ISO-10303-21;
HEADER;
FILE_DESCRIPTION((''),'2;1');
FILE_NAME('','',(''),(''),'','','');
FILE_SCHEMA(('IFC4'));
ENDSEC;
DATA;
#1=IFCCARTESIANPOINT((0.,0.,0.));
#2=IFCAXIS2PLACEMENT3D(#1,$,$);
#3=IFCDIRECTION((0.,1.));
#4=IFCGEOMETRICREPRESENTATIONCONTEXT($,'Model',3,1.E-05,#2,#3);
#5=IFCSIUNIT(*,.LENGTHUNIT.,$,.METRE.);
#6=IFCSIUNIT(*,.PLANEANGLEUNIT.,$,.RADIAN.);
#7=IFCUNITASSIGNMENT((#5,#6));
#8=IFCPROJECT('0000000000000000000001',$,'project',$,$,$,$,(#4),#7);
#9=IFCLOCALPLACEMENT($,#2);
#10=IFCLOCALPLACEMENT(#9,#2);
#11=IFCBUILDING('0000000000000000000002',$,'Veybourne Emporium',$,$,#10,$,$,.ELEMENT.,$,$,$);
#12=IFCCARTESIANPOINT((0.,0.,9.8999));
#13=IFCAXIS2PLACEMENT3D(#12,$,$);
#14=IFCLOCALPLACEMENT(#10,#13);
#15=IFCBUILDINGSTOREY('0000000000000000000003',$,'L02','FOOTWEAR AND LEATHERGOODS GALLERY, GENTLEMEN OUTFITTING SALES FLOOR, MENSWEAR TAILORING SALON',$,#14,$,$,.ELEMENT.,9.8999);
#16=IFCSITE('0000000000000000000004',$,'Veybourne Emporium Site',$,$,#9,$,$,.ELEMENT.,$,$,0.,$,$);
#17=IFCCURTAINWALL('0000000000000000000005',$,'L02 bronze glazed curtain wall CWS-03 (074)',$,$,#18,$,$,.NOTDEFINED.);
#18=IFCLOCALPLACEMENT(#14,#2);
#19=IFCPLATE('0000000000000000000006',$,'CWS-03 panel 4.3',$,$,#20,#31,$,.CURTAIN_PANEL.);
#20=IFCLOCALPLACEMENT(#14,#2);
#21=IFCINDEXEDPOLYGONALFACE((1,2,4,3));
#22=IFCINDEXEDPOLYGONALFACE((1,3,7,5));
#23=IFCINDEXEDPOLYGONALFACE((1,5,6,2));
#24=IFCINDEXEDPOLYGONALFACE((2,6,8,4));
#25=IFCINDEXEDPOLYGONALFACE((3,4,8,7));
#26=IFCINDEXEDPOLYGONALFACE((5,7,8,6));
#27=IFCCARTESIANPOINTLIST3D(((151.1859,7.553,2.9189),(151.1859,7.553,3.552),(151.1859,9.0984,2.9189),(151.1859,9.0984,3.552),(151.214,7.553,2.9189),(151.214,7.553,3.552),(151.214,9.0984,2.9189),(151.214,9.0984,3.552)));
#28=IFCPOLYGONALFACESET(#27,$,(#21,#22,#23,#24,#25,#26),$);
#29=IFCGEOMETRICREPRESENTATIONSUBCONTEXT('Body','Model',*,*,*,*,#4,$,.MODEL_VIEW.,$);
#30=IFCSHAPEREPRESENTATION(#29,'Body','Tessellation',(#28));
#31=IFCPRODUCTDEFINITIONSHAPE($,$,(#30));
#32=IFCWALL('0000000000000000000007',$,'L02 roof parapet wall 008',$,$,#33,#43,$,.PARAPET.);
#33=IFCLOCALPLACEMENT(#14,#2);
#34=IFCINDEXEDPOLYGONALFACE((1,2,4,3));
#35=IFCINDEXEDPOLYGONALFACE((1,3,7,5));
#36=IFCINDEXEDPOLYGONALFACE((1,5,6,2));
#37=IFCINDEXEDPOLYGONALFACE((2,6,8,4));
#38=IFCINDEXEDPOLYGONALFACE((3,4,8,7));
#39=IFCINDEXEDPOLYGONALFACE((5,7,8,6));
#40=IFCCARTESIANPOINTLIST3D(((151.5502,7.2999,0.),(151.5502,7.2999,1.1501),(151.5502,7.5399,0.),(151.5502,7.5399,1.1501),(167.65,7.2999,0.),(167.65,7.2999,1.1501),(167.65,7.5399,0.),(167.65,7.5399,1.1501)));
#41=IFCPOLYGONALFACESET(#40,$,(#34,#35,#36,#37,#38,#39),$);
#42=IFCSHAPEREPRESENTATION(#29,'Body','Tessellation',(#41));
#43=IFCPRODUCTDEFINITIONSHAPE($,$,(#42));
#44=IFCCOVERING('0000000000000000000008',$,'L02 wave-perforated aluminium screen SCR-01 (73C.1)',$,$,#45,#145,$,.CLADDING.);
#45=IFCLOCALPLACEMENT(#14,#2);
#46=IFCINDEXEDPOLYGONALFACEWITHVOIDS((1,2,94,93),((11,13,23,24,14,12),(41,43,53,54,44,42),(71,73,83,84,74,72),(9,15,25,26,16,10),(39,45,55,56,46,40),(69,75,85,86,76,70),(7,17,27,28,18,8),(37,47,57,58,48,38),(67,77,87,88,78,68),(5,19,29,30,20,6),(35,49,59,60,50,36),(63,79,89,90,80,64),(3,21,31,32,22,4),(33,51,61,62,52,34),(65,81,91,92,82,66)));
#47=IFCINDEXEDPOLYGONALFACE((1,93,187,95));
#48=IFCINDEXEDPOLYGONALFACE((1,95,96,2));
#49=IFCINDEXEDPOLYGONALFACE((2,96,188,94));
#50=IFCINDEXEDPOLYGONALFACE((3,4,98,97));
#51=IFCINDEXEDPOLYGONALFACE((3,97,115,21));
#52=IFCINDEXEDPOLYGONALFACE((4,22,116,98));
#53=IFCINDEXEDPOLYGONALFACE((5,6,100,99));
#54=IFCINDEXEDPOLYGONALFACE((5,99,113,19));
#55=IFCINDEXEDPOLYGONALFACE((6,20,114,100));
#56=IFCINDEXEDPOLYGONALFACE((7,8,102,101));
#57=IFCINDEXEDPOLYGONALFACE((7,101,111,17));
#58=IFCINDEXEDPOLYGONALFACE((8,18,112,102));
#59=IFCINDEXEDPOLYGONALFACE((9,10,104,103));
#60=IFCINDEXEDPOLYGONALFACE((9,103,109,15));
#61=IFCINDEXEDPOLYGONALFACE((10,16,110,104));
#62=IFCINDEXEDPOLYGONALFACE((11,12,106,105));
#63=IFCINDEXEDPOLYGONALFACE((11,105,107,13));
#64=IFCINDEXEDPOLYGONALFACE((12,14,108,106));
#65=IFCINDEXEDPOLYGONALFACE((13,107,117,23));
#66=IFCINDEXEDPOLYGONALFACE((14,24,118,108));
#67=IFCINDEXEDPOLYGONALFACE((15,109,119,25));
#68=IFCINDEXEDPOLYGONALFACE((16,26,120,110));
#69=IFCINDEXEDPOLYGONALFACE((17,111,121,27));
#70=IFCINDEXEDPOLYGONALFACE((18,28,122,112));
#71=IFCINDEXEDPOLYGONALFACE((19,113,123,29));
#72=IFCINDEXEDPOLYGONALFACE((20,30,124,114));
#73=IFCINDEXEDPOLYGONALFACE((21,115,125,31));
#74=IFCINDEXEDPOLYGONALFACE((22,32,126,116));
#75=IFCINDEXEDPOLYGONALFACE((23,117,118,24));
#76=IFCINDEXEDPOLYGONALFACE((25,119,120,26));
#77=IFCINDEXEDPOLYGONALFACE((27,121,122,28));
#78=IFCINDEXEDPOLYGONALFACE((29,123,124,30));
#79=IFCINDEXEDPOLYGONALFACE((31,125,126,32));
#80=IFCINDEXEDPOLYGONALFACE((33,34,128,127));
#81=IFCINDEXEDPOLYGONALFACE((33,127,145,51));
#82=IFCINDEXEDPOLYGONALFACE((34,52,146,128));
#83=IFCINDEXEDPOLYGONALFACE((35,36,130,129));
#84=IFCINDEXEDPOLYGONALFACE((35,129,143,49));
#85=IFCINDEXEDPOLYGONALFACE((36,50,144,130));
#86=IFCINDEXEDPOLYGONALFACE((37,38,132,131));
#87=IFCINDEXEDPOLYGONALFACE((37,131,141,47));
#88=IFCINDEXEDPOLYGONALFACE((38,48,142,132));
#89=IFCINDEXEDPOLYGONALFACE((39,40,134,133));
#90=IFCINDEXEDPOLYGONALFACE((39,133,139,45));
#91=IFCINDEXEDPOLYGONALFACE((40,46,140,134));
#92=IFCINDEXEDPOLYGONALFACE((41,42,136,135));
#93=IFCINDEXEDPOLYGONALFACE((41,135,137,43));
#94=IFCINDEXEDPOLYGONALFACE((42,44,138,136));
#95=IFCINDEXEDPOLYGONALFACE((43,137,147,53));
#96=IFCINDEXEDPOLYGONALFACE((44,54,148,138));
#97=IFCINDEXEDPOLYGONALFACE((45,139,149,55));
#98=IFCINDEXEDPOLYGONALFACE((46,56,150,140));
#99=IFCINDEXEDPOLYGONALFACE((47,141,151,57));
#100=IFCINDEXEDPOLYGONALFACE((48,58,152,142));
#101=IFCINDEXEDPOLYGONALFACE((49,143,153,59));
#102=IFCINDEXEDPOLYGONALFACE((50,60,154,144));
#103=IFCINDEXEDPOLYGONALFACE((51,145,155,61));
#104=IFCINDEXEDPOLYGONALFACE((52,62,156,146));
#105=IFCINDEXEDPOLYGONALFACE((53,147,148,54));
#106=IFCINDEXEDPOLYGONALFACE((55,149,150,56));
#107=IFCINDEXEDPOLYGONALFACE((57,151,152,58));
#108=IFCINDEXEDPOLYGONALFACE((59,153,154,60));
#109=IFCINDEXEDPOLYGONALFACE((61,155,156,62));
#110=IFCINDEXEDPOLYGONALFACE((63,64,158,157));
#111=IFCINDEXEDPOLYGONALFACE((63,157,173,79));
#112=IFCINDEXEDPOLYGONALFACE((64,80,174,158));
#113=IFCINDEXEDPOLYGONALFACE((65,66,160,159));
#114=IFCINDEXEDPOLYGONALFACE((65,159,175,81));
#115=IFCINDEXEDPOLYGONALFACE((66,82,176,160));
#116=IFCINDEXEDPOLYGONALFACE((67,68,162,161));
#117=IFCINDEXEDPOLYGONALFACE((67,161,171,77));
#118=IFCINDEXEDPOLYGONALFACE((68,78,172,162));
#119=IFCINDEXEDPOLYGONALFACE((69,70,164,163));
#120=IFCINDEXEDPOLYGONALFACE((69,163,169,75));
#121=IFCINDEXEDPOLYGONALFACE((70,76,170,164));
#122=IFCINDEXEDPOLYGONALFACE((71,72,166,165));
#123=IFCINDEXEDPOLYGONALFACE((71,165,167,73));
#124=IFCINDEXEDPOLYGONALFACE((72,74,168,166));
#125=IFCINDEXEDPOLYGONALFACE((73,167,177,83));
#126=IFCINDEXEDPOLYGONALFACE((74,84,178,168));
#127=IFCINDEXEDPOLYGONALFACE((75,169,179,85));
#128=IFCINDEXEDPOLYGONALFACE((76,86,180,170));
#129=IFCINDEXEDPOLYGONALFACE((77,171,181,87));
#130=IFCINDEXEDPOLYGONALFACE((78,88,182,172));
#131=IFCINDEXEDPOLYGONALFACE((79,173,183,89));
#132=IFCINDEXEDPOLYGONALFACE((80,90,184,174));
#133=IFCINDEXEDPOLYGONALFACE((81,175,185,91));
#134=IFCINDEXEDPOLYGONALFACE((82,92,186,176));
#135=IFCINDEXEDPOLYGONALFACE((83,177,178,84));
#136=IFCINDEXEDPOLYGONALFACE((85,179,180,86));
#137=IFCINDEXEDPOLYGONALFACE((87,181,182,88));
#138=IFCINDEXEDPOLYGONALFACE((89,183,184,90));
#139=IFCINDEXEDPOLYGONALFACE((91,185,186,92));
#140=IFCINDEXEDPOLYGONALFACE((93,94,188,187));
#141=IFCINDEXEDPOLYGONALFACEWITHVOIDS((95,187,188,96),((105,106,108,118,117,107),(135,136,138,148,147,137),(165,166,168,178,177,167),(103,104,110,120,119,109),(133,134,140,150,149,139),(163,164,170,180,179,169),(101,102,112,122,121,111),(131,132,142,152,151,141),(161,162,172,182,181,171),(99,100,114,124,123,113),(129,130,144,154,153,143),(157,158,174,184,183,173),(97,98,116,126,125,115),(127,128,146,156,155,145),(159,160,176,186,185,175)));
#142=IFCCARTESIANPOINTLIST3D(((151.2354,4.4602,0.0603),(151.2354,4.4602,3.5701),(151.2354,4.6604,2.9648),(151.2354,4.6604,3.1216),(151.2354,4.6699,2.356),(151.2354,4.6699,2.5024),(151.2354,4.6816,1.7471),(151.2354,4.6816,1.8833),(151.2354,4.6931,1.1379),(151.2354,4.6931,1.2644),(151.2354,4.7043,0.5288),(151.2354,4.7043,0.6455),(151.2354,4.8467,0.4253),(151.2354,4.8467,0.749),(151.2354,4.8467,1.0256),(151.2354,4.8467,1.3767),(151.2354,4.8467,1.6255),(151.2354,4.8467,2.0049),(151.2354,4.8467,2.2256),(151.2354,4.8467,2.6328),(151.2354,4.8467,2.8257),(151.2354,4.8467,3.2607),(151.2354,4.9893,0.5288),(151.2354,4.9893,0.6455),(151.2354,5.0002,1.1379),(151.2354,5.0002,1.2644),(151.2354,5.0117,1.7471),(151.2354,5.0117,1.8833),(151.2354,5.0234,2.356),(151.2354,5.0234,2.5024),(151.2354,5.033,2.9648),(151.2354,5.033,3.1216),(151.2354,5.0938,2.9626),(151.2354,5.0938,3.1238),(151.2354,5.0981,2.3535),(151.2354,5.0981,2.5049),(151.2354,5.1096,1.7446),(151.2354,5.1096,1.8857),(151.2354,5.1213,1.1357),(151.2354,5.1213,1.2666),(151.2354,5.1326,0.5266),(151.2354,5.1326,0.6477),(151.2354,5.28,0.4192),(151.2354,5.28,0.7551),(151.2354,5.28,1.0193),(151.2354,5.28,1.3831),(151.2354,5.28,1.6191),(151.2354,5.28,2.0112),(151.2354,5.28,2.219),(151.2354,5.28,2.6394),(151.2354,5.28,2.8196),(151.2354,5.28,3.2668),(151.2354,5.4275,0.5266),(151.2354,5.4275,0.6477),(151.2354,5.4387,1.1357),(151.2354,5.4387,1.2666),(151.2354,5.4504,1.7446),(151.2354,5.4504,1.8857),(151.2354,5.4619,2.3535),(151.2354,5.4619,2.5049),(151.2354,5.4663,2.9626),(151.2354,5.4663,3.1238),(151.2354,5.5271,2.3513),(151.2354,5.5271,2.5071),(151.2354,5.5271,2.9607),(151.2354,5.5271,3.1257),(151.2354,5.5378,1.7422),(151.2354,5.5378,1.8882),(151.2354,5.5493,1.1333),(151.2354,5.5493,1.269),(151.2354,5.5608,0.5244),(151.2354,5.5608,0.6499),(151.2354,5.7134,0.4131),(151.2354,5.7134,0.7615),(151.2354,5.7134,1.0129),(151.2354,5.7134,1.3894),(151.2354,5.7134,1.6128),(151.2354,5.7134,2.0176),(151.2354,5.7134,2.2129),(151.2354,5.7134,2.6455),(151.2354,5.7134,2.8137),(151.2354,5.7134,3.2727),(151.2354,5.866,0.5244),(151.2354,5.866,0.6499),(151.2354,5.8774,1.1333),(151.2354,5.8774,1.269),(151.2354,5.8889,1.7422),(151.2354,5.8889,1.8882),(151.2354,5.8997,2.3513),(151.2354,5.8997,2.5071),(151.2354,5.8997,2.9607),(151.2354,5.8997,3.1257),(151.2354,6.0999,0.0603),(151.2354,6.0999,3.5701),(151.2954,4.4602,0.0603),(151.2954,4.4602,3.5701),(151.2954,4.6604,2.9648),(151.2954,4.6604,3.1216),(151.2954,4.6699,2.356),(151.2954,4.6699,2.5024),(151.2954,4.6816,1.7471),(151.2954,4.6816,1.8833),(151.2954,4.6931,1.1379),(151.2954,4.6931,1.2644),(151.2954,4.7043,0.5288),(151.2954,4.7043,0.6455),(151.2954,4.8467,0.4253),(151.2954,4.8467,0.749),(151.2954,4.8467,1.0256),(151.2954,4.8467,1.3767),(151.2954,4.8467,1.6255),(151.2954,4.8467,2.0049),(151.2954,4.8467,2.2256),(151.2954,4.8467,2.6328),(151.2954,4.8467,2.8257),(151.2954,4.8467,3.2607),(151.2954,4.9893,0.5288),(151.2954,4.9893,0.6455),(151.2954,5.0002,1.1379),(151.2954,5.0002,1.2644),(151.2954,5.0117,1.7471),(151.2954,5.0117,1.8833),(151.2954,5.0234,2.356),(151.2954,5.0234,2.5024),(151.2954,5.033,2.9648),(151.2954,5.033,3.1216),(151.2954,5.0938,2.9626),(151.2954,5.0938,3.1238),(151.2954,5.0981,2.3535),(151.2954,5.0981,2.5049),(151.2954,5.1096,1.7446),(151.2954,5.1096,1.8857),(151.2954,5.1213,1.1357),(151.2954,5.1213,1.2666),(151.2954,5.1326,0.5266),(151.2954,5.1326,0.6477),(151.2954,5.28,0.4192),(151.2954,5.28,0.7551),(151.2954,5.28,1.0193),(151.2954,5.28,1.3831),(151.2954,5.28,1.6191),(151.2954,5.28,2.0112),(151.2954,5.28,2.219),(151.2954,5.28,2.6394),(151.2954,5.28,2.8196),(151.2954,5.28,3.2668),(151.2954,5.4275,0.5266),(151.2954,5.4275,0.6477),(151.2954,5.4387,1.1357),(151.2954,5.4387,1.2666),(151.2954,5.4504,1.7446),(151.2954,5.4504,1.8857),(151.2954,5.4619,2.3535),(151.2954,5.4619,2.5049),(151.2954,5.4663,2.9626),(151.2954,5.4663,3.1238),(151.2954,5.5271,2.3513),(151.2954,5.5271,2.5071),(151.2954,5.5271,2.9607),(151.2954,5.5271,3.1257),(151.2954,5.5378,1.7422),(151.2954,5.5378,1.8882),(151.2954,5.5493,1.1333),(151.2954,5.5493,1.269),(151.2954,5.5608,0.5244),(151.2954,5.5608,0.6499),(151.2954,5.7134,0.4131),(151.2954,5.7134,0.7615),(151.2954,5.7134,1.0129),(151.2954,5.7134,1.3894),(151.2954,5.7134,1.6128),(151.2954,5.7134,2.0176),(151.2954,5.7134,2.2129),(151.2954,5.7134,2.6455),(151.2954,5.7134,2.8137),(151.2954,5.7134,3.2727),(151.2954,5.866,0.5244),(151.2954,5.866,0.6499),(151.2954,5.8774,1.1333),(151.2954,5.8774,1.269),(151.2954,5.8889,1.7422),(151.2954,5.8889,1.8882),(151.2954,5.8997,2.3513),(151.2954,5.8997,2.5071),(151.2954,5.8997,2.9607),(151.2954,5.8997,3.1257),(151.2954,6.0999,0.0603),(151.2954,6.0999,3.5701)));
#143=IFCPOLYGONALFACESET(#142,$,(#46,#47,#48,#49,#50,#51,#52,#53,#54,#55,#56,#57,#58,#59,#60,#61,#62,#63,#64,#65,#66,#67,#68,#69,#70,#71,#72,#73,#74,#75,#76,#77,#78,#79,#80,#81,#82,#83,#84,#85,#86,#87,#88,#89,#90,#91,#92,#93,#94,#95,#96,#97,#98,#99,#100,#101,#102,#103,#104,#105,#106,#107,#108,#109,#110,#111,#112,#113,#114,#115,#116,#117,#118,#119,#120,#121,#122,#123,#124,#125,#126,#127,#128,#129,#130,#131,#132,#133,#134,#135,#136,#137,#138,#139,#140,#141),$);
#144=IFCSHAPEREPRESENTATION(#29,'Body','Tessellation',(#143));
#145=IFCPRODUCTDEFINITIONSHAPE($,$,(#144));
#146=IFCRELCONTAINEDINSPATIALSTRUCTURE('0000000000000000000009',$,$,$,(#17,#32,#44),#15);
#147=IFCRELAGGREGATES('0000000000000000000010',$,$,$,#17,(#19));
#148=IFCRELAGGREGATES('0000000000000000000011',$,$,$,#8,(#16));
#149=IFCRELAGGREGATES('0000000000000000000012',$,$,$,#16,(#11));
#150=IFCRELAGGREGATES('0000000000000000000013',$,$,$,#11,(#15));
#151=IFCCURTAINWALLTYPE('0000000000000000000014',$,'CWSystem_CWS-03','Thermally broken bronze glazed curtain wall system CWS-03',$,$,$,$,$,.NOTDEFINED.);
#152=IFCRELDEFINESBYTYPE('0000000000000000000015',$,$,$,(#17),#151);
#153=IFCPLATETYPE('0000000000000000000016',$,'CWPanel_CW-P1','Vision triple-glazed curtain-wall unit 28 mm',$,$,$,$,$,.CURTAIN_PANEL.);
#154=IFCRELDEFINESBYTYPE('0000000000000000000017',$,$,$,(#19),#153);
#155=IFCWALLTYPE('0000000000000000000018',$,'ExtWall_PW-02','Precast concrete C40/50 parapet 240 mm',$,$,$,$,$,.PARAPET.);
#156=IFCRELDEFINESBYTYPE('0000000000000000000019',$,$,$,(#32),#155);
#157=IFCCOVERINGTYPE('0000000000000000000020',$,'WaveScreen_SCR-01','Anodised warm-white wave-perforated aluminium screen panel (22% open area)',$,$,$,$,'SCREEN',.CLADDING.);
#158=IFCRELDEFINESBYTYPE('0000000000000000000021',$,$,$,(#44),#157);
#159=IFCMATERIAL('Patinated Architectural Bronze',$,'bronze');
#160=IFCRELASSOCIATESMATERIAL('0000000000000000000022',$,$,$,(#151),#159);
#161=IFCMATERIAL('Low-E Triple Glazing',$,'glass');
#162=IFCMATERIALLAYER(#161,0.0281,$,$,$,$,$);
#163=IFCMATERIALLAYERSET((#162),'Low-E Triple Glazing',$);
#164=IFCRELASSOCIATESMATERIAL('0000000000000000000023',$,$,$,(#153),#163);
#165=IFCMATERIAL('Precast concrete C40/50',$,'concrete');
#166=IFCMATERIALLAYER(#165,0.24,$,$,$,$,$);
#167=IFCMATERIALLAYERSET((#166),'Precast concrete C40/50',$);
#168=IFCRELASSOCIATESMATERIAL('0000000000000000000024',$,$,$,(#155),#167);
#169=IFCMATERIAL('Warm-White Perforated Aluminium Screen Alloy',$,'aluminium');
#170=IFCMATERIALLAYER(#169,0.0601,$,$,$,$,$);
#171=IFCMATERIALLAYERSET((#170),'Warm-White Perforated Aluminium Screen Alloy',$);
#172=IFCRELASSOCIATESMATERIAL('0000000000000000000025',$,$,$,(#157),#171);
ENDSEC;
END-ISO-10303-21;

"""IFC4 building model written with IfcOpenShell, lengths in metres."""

from ifc_helpers import new_model, si_unit, direction, frame, frame_2d, origin, origin_2d, place, context, subcontext, project, spatial, polyline, rectangle, outline, extrude, material, layer, layer_set, type_object, element, aggregate, save


model = new_model("IFC4")

# Units and contexts
model_context = context("Model", 3, precision=1e-05, world=origin(), true_north=direction((0.0, 1.0)))
body_context = subcontext(model_context, "Body", "Model", "MODEL_VIEW")
ifc_project = project(units=[si_unit("LENGTHUNIT", "METRE"), si_unit("PLANEANGLEUNIT", "RADIAN")], contexts=[model_context])

# Site, building, storey
site_placement = place(None, origin())
site = spatial("IfcSite", under=ifc_project, at=site_placement, Name="Veybourne Emporium Site", CompositionType="ELEMENT", RefElevation=0.0)
building_placement = place(site_placement, origin())
building = spatial("IfcBuilding", under=site, at=building_placement, Name="Veybourne Emporium", CompositionType="ELEMENT")
storey_placement = place(building_placement, frame((0.0, 0.0, 9.8999)))
storey = spatial("IfcBuildingStorey", under=building, at=storey_placement, Name="L02", Description="FOOTWEAR AND LEATHERGOODS GALLERY, GENTLEMEN OUTFITTING SALES FLOOR, MENSWEAR TAILORING SALON", CompositionType="ELEMENT", Elevation=9.8999)

# Curtain wall
ifc_material_1 = material(Name="Patinated Architectural Bronze", Category="bronze")
curtain_wall_type_1 = type_object("IfcCurtainWallType", Name="CWSystem_CWS-03", Description="Thermally broken bronze glazed curtain wall system CWS-03", PredefinedType="NOTDEFINED", material=ifc_material_1)
curtain_wall_1_placement = place(storey_placement, origin())
curtain_wall_1 = element("IfcCurtainWall", 1, at=curtain_wall_1_placement, inside=storey, type_object=curtain_wall_type_1, Name="L02 bronze glazed curtain wall CWS-03 (074)", PredefinedType="NOTDEFINED")

# Plate
ifc_material_2 = material(Name="Low-E Triple Glazing", Category="glass")
ifc_layer_1 = layer(ifc_material_2, 0.0281)
ifc_layer_set_1 = layer_set([ifc_layer_1], Name="Low-E Triple Glazing")
plate_type = type_object("IfcPlateType", Name="CWPanel_CW-P1", Description="Vision triple-glazed curtain-wall unit 28 mm", PredefinedType="CURTAIN_PANEL", material=ifc_layer_set_1)
plate_1_placement = place(storey_placement, frame((151.2, 8.3257, 2.9189), z_axis=(0.0, 0.0, 1.0), x_axis=(0.0, -1.0, 0.0)))
plate_1 = element("IfcPlate", 2, at=plate_1_placement, type_object=plate_type, Name="CWS-03 panel 4.3", PredefinedType="CURTAIN_PANEL", context=body_context, shape_type="SweptSolid", body=[
    extrude(rectangle(XDim=1.5454, YDim=0.0281, at=origin_2d()), origin(), (0.0, 0.0, 1.0), 0.6331),
])
aggregate(curtain_wall_1, [plate_1])

# Wall
ifc_material_3 = material(Name="Precast concrete C40/50", Category="concrete")
ifc_layer_2 = layer(ifc_material_3, 0.24)
ifc_layer_set_2 = layer_set([ifc_layer_2], Name="Precast concrete C40/50")
wall_type = type_object("IfcWallType", Name="ExtWall_PW-02", Description="Precast concrete C40/50 parapet 240 mm", PredefinedType="PARAPET", material=ifc_layer_set_2)
wall_placement = place(storey_placement, frame((167.6499, 7.4199, 0.0), z_axis=(0.0, 0.0, 1.0), x_axis=(-1.0, 0.0, 0.0)))
element("IfcWall", 3, at=wall_placement, inside=storey, type_object=wall_type, Name="L02 roof parapet wall 008", PredefinedType="PARAPET", context=body_context, shape_type="SweptSolid", body=[
    extrude(rectangle(XDim=16.0999, YDim=0.24, at=frame_2d((8.0498, 0.0))), origin(), (0.0, 0.0, 1.0), 1.1501),
])

# Covering
ifc_material_4 = material(Name="Warm-White Perforated Aluminium Screen Alloy", Category="aluminium")
ifc_layer_3 = layer(ifc_material_4, 0.0601)
ifc_layer_set_3 = layer_set([ifc_layer_3], Name="Warm-White Perforated Aluminium Screen Alloy")
covering_type_1 = type_object("IfcCoveringType", Name="WaveScreen_SCR-01", Description="Anodised warm-white wave-perforated aluminium screen panel (22% open area)", ElementType="SCREEN", PredefinedType="CLADDING", material=ifc_layer_set_3)
covering_1_placement = place(storey_placement, frame((151.2954, 5.28, 1.8152), z_axis=(-1.0, 0.0, 0.0), x_axis=(0.0, -1.0, 0.0)))
element("IfcCovering", 4, at=covering_1_placement, inside=storey, type_object=covering_type_1, Name="L02 wave-perforated aluminium screen SCR-01 (73C.1)", PredefinedType="CLADDING", context=body_context, shape_type="SweptSolid", body=[
    extrude(outline(polyline([(-0.8198, -1.7549), (0.8198, -1.7549), (0.8198, 1.7549), (-0.8198, 1.7549), (-0.8198, -1.7549)]), holes=[polyline([(-0.4333, -1.0537), (-0.2808, -1.1653), (-0.2808, -1.2908), (-0.4333, -1.4021), (-0.5859, -1.2908), (-0.5859, -1.1653), (-0.4333, -1.0537)]), polyline([(-0.4333, -0.4258), (-0.2693, -0.5461), (-0.2693, -0.6819), (-0.4333, -0.8022), (-0.5974, -0.6819), (-0.5974, -0.5461), (-0.4333, -0.4258)]), polyline([(-0.4333, 0.2024), (-0.2578, 0.073), (-0.2578, -0.073), (-0.4333, -0.2024), (-0.6089, -0.073), (-0.6089, 0.073), (-0.4333, 0.2024)]), polyline([(-0.4333, 0.8303), (-0.2471, 0.6919), (-0.2471, 0.5361), (-0.4333, 0.3977), (-0.6196, 0.5361), (-0.6196, 0.6919), (-0.4333, 0.8303)]), polyline([(-0.4333, 1.4575), (-0.2471, 1.3105), (-0.2471, 1.1455), (-0.4333, 0.9985), (-0.6196, 1.1455), (-0.6196, 1.3105), (-0.4333, 1.4575)]), polyline([(0.0, -1.0601), (0.1475, -1.1675), (0.1475, -1.2886), (0.0, -1.396), (-0.1475, -1.2886), (-0.1475, -1.1675), (0.0, -1.0601)]), polyline([(0.0, -0.4321), (0.1587, -0.5486), (0.1587, -0.6794), (0.0, -0.7959), (-0.1587, -0.6794), (-0.1587, -0.5486), (0.0, -0.4321)]), polyline([(0.0, 0.196), (0.1704, 0.0706), (0.1704, -0.0706), (0.0, -0.196), (-0.1704, -0.0706), (-0.1704, 0.0706), (0.0, 0.196)]), polyline([(0.0, 0.8242), (0.1819, 0.6897), (0.1819, 0.5383), (0.0, 0.4038), (-0.1819, 0.5383), (-0.1819, 0.6897), (0.0, 0.8242)]), polyline([(0.0, 1.4517), (0.1863, 1.3086), (0.1863, 1.1475), (0.0, 1.0044), (-0.1863, 1.1475), (-0.1863, 1.3086), (0.0, 1.4517)]), polyline([(0.4333, -1.0662), (0.5757, -1.1697), (0.5757, -1.2864), (0.4333, -1.3899), (0.2908, -1.2864), (0.2908, -1.1697), (0.4333, -1.0662)]), polyline([(0.4333, -0.4385), (0.5869, -0.5508), (0.5869, -0.6772), (0.4333, -0.7896), (0.2798, -0.6772), (0.2798, -0.5508), (0.4333, -0.4385)]), polyline([(0.4333, 0.1897), (0.5984, 0.0681), (0.5984, -0.0681), (0.4333, -0.1897), (0.2683, -0.0681), (0.2683, 0.0681), (0.4333, 0.1897)]), polyline([(0.4333, 0.8176), (0.6101, 0.6873), (0.6101, 0.5408), (0.4333, 0.4104), (0.2566, 0.5408), (0.2566, 0.6873), (0.4333, 0.8176)]), polyline([(0.4333, 1.4456), (0.6196, 1.3064), (0.6196, 1.1497), (0.4333, 1.0105), (0.2471, 1.1497), (0.2471, 1.3064), (0.4333, 1.4456)])]), origin(), (0.0, 0.0, 1.0), 0.0601),
])

save(model, "model.ifc")
